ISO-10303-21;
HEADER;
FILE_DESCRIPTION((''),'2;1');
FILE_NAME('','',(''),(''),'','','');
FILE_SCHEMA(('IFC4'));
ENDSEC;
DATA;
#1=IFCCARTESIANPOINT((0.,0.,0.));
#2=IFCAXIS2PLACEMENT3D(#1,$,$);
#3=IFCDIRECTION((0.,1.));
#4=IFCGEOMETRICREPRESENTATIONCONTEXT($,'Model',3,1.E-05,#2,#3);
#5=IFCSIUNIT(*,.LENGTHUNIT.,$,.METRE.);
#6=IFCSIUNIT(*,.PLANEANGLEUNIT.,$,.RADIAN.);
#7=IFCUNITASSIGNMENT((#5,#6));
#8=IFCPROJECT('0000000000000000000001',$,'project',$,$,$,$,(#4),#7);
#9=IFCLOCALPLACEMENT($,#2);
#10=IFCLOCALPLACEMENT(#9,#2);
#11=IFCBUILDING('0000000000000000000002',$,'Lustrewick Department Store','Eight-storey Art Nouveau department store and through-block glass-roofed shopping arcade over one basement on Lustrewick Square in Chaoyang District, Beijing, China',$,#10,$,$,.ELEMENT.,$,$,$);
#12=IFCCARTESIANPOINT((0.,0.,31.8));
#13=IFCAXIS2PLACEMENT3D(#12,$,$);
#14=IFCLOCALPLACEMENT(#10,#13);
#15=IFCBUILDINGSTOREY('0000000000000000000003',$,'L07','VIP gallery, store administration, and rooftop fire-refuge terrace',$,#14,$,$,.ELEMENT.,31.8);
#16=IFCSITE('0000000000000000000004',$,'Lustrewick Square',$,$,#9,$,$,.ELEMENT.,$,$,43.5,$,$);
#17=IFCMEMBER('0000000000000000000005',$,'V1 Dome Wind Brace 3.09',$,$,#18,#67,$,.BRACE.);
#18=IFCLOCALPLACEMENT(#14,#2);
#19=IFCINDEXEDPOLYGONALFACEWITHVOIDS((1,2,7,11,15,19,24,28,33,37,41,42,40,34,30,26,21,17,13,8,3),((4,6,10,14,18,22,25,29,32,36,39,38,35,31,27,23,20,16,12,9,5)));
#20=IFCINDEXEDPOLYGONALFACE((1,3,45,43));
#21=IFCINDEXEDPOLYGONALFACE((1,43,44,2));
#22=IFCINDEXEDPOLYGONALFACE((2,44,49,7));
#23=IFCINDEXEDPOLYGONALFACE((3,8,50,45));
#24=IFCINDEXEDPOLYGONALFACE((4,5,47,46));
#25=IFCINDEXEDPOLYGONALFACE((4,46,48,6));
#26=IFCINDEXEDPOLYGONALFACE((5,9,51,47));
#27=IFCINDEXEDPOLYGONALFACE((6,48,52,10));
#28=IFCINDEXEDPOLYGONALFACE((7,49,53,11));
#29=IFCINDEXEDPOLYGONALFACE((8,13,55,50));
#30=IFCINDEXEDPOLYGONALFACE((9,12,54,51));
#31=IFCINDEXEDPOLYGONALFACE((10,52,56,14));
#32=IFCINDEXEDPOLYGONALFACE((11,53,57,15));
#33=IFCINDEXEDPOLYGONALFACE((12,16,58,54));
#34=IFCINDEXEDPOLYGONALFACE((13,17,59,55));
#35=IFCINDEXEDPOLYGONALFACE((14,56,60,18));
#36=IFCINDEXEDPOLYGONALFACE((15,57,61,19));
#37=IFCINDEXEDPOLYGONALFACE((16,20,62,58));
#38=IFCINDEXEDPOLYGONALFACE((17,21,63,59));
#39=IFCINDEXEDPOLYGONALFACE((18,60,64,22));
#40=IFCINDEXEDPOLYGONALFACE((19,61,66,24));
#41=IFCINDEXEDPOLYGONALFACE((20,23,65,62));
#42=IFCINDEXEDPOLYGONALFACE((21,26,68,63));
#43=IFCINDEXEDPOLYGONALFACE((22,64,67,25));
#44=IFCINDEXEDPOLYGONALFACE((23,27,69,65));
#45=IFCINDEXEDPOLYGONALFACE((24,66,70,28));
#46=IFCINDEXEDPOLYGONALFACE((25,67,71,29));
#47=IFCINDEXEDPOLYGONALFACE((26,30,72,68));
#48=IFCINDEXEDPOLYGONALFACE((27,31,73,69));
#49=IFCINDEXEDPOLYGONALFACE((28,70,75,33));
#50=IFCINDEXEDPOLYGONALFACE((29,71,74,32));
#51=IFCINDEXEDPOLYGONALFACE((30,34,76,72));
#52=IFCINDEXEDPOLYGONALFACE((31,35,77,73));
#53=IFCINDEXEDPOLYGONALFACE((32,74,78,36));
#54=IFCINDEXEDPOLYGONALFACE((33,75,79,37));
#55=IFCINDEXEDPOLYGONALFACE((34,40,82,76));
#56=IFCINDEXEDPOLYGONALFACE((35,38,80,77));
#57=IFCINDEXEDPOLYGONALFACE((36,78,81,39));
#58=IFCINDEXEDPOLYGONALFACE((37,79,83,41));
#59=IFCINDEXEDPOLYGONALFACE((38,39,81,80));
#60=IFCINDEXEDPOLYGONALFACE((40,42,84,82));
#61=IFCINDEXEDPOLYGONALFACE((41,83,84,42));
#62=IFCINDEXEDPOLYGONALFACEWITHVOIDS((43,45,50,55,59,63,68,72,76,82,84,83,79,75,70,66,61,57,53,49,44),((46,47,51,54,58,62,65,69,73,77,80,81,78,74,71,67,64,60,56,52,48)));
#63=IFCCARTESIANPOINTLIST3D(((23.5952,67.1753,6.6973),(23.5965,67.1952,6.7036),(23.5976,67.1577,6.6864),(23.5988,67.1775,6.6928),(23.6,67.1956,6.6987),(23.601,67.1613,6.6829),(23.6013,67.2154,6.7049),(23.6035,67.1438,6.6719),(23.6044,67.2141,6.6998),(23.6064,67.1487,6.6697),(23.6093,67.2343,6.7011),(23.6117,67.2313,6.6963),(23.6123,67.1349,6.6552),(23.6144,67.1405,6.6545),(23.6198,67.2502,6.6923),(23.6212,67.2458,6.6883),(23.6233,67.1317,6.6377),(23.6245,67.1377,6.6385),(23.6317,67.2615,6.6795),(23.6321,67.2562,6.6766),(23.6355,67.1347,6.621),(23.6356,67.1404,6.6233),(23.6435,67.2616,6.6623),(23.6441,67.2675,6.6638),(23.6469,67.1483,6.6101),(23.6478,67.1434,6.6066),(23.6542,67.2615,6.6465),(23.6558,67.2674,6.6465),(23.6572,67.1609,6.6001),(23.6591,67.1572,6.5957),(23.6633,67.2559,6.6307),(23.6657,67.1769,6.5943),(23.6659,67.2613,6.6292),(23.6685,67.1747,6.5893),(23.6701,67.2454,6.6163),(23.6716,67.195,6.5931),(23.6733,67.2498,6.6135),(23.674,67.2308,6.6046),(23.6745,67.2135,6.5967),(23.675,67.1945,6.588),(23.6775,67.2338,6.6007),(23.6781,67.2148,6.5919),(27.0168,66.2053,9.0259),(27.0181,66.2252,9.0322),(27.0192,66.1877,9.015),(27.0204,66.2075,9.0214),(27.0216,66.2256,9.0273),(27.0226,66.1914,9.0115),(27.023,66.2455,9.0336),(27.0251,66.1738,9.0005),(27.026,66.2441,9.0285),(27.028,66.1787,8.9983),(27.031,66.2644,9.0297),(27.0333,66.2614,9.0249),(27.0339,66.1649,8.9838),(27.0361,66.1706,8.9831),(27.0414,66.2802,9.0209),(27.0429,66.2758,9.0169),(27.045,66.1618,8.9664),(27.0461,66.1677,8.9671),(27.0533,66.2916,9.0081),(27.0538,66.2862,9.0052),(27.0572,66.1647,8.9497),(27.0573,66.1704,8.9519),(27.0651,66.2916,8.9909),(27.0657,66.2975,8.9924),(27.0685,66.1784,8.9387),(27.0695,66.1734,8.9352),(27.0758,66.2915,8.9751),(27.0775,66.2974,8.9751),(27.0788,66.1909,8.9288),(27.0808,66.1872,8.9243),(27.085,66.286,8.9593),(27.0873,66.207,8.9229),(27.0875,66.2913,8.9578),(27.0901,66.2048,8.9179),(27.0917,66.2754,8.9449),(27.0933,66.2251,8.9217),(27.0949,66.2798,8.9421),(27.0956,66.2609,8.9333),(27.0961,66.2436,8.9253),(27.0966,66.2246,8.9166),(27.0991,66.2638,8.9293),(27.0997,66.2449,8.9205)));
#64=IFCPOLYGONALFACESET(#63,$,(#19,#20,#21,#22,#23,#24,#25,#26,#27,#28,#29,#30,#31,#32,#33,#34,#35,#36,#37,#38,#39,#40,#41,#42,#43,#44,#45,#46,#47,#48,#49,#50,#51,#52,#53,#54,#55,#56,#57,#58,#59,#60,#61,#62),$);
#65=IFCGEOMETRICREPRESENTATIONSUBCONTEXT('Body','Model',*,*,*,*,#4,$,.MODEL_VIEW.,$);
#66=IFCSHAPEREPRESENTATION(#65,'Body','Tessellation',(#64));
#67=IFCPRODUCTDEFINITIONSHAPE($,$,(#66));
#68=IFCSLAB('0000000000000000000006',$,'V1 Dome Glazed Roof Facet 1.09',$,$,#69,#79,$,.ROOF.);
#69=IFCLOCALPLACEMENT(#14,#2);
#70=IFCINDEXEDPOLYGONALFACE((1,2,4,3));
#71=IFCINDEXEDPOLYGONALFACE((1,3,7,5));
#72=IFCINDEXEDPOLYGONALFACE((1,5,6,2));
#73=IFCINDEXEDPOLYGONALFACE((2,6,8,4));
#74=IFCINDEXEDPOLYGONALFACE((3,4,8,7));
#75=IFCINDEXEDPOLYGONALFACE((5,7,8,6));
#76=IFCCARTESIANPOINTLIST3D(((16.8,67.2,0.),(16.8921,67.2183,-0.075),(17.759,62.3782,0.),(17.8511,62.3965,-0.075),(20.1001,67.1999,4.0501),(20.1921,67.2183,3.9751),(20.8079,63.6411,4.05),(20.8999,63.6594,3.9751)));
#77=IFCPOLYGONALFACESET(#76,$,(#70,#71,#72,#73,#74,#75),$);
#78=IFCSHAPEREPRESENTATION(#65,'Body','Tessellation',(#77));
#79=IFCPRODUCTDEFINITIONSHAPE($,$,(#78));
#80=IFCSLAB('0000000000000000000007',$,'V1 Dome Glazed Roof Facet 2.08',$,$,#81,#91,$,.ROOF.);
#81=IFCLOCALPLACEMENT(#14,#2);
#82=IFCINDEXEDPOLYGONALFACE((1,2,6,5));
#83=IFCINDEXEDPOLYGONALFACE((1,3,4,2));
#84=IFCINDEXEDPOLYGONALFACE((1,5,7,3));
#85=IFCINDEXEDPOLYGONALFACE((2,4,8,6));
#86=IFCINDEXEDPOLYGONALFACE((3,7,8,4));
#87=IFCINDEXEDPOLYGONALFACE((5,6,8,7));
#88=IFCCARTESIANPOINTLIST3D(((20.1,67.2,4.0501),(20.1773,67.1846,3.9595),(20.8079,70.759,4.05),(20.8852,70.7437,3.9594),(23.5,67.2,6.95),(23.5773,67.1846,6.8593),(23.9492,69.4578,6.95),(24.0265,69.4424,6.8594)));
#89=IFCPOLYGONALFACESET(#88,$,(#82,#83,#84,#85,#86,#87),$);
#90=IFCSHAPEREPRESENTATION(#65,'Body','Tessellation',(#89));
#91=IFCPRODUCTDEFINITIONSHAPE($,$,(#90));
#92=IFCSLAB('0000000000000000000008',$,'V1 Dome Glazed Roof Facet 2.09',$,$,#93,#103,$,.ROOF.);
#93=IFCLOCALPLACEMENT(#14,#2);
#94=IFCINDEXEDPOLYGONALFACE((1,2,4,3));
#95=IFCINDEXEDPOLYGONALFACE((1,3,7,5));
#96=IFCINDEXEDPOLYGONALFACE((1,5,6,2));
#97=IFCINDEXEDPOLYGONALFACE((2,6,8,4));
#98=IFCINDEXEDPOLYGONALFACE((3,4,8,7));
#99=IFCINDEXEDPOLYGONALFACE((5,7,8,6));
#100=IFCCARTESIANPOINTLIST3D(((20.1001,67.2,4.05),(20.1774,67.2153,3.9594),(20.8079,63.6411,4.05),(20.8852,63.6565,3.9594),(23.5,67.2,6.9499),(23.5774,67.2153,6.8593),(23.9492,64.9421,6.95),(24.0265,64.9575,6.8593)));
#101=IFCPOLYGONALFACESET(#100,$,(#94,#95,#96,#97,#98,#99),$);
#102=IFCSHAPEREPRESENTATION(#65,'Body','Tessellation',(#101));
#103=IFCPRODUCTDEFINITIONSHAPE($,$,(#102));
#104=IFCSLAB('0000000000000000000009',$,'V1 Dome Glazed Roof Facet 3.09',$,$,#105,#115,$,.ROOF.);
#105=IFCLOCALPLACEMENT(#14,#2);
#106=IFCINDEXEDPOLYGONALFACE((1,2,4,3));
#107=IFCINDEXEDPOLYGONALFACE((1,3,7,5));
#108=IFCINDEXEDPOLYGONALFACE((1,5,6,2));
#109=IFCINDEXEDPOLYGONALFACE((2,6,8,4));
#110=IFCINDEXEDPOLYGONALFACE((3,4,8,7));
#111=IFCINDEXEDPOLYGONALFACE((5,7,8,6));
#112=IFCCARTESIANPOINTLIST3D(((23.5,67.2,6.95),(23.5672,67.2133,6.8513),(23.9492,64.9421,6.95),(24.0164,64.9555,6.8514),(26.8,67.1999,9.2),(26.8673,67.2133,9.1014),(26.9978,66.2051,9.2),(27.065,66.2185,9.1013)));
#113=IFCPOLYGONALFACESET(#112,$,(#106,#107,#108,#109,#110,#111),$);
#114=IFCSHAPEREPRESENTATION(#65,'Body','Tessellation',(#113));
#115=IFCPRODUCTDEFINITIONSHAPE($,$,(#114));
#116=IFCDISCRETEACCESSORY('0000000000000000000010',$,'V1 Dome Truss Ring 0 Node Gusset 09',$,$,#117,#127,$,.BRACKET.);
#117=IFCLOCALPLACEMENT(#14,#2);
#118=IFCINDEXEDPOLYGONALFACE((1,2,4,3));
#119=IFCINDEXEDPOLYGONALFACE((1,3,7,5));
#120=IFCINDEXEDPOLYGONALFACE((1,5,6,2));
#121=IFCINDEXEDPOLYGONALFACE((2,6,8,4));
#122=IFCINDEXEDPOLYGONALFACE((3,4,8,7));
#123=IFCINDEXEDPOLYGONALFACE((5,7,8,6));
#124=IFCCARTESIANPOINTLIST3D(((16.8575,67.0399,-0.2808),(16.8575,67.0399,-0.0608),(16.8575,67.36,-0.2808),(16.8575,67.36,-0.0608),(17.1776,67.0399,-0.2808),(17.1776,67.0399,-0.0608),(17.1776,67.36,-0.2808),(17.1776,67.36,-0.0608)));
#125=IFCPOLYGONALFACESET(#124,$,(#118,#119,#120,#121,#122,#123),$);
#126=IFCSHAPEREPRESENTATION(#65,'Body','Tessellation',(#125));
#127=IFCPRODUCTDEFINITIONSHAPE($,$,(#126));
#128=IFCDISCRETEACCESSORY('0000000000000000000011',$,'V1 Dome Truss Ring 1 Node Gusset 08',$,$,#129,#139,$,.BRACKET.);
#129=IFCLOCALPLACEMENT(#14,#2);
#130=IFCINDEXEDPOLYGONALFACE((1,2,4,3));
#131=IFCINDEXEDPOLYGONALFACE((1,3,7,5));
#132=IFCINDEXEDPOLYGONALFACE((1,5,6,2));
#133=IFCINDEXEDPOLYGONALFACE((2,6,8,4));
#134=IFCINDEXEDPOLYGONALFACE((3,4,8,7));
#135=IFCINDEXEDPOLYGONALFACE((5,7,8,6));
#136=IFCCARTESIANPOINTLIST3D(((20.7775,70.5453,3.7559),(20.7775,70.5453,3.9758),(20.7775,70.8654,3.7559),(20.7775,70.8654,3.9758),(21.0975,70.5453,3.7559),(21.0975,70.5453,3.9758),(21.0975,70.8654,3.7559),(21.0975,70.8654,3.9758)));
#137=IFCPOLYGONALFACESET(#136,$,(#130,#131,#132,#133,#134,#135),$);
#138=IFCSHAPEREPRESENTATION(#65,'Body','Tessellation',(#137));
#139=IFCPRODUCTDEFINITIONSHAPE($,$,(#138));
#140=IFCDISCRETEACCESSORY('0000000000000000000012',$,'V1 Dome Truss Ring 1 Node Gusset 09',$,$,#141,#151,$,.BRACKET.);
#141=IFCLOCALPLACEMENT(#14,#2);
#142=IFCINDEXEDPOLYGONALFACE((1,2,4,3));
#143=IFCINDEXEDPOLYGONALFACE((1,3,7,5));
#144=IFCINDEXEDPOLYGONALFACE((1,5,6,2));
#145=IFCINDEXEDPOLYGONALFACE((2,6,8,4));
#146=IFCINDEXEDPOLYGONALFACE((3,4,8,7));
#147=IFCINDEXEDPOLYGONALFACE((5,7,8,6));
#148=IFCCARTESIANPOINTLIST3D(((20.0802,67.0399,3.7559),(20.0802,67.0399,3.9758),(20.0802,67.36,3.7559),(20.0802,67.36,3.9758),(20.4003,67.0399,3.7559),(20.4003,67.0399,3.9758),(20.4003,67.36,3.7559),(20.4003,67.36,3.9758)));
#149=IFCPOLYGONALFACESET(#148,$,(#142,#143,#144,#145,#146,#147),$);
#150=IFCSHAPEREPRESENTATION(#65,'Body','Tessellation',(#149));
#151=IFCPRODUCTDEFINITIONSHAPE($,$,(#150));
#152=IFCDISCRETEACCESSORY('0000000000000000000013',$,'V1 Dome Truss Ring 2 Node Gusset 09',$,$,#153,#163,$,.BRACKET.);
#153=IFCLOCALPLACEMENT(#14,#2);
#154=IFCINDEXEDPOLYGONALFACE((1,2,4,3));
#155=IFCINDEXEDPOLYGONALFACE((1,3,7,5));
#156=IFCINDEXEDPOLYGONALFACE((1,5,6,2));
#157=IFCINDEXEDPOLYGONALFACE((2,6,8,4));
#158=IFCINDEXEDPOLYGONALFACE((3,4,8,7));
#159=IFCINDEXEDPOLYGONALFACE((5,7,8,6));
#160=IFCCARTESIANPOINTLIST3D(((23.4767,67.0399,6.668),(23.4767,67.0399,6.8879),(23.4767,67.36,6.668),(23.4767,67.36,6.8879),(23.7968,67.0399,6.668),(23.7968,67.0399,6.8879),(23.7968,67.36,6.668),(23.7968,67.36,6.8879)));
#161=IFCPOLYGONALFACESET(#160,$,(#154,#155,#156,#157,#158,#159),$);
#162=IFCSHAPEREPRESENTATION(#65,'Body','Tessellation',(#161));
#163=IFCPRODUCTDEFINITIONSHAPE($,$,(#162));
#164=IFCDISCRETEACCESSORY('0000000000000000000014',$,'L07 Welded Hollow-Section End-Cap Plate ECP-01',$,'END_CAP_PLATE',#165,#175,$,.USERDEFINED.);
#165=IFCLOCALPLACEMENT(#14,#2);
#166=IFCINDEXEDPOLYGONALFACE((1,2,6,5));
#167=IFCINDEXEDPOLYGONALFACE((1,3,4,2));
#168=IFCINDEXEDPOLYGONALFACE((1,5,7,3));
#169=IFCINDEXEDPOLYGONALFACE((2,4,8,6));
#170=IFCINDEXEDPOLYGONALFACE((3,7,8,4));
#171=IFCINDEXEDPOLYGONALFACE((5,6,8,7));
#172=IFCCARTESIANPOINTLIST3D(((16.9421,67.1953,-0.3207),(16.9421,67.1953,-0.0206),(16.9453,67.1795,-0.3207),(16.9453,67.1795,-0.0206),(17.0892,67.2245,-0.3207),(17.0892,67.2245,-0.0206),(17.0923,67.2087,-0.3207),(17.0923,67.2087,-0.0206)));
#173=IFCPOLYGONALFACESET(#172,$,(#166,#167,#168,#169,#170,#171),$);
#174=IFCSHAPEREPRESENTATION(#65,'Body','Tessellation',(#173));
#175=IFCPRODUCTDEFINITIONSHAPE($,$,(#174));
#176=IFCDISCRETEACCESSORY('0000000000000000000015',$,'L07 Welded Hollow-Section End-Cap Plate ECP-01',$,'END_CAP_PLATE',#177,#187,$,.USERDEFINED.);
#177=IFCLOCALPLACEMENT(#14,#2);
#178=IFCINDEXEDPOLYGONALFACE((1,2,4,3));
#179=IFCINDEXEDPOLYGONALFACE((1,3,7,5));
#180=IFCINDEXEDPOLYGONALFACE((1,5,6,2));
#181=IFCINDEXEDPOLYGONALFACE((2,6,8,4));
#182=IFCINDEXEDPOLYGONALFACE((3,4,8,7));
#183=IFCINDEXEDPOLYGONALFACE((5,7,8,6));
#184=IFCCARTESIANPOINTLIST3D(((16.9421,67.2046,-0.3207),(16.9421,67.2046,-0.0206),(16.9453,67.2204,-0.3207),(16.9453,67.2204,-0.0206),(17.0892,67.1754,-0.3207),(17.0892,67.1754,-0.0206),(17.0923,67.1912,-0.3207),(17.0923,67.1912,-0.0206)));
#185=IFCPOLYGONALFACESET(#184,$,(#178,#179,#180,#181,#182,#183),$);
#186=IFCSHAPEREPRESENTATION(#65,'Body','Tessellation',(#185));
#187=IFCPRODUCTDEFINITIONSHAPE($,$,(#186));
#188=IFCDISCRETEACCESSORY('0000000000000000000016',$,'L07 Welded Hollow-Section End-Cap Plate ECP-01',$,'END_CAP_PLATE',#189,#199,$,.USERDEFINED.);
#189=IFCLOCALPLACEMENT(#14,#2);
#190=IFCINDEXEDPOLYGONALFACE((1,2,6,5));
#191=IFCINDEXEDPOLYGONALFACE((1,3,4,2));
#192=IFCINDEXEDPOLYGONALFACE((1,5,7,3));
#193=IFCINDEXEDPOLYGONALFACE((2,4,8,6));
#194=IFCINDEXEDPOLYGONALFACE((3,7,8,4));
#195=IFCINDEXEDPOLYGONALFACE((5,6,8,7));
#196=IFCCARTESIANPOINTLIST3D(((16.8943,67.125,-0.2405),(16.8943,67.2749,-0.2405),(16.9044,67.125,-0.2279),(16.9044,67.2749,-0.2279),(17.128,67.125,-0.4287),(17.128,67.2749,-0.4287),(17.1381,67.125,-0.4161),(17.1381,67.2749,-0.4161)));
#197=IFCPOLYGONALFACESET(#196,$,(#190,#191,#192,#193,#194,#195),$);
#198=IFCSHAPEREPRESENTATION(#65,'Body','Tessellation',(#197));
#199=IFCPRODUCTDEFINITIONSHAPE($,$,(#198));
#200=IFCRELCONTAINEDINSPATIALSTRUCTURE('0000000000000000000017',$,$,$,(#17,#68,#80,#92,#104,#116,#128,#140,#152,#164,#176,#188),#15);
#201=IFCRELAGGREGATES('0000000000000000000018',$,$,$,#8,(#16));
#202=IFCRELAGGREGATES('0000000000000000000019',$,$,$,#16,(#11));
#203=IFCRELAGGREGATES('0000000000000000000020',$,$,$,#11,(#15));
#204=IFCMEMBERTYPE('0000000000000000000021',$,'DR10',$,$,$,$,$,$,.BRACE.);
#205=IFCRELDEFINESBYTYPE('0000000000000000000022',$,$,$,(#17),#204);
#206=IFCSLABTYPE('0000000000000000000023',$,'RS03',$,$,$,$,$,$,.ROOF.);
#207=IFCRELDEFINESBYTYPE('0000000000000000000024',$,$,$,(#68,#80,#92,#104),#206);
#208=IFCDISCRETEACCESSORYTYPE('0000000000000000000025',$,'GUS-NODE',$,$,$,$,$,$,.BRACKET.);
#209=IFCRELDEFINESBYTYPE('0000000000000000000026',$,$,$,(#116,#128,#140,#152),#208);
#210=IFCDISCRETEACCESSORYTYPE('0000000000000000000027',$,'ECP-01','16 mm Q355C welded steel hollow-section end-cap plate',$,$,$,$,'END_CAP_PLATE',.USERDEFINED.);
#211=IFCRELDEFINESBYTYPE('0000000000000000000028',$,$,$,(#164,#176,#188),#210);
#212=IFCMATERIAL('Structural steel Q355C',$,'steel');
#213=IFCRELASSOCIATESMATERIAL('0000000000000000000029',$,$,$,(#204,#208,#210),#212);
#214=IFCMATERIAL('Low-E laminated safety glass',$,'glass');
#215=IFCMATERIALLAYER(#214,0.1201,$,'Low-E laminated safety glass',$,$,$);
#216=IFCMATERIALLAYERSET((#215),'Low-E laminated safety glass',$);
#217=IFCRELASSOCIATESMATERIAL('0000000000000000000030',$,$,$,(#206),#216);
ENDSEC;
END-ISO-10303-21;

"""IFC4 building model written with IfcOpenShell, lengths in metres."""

from ifc_helpers import new_model, si_unit, direction, frame, origin, origin_2d, place, context, subcontext, project, spatial, polyline, rectangle, hollow_circle, outline, extrude, material, layer, layer_set, material_profile, profile_set, type_object, element, save


model = new_model("IFC4")

# Units and contexts
model_context = context("Model", 3, precision=1e-05, world=origin(), true_north=direction((0.0, 1.0)))
body_context = subcontext(model_context, "Body", "Model", "MODEL_VIEW")
ifc_project = project(units=[si_unit("LENGTHUNIT", "METRE"), si_unit("PLANEANGLEUNIT", "RADIAN")], contexts=[model_context])

# Site, building, storey
site_placement = place(None, origin())
site = spatial("IfcSite", under=ifc_project, at=site_placement, Name="Lustrewick Square", CompositionType="ELEMENT", RefElevation=43.5)
building_placement = place(site_placement, origin())
building = spatial("IfcBuilding", under=site, at=building_placement, Name="Lustrewick Department Store", Description="Eight-storey Art Nouveau department store and through-block glass-roofed shopping arcade over one basement on Lustrewick Square in Chaoyang District, Beijing, China", CompositionType="ELEMENT")
storey_placement = place(building_placement, frame((0.0, 0.0, 31.8)))
storey = spatial("IfcBuildingStorey", under=building, at=storey_placement, Name="L07", Description="VIP gallery, store administration, and rooftop fire-refuge terrace", CompositionType="ELEMENT", Elevation=31.8)

# Member
ifc_material_1 = material(Name="Structural steel Q355C", Category="steel")
ifc_material_profile_1 = material_profile(ifc_material_1, hollow_circle(Radius=0.0701, WallThickness=0.0061, at=origin_2d()), Name="CHS 140x6")
ifc_profile_set_1 = profile_set([ifc_material_profile_1], Name="Structural steel Q355C")
member_type_1 = type_object("IfcMemberType", Name="DR10", PredefinedType="BRACE", material=ifc_profile_set_1)
member_1_placement = place(storey_placement, frame((23.6367, 67.2, 6.6465), z_axis=(0.804904, -0.228176, 0.547783), x_axis=(0.272735, 0.962089, 0.0)))
element("IfcMember", 1, at=member_1_placement, inside=storey, type_object=member_type_1, Name="V1 Dome Wind Brace 3.09", PredefinedType="BRACE", context=body_context, shape_type="SweptSolid", body=[
    extrude(hollow_circle(Radius=0.0701, WallThickness=0.0061, at=origin_2d()), origin(), (0.0, 0.0, 1.0), 4.251),
])

# Slabs
ifc_material_2 = material(Name="Low-E laminated safety glass", Category="glass")
ifc_layer = layer(ifc_material_2, 0.1201, Name="Low-E laminated safety glass")
ifc_layer_set = layer_set([ifc_layer], Name="Low-E laminated safety glass")
slab_type = type_object("IfcSlabType", Name="RS03", PredefinedType="ROOF", material=ifc_layer_set)
slab_1_placement = place(storey_placement, frame((16.8, 67.2, 0.0), z_axis=(-0.766183, -0.15238, 0.624295), x_axis=(0.195063, -0.980791, 0.000002)))
element("IfcSlab", 2, at=slab_1_placement, inside=storey, type_object=slab_type, Name="V1 Dome Glazed Roof Facet 1.09", PredefinedType="ROOF", context=body_context, shape_type="SweptSolid", body=[
    extrude(outline(polyline([(0.0, 0.0), (4.9162, 0.0), (4.2723, 5.1845), (0.6437, 5.1845), (0.0, 0.0)])), origin(), (0.0, 0.0, -1.0), 0.1201),
])
slab_2_placement = place(storey_placement, frame((20.8079, 70.759, 4.05), z_axis=(-0.643591, 0.12801, 0.754589), x_axis=(-0.195058, -0.980792, 0.000019)))
element("IfcSlab", 3, at=slab_2_placement, inside=storey, type_object=slab_type, Name="V1 Dome Glazed Roof Facet 2.08", PredefinedType="ROOF", context=body_context, shape_type="SweptSolid", body=[
    extrude(outline(polyline([(0.0, 0.0), (3.6288, 0.0), (2.9656, 4.4192), (0.6636, 4.4193), (0.0, 0.0)])), origin(), (0.0, 0.0, -1.0), 0.1201),
])
slab_3_placement = place(storey_placement, frame((20.1001, 67.2, 4.05), z_axis=(-0.643592, -0.128016, 0.754587), x_axis=(0.195069, -0.98079, -0.000016)))
element("IfcSlab", 4, at=slab_3_placement, inside=storey, type_object=slab_type, Name="V1 Dome Glazed Roof Facet 2.09", PredefinedType="ROOF", context=body_context, shape_type="SweptSolid", body=[
    extrude(outline(polyline([(0.0, 0.0), (3.6285, 0.0), (2.9652, 4.4193), (0.6632, 4.4192), (0.0, 0.0)])), origin(), (0.0, 0.0, -1.0), 0.1201),
])
slab_4_placement = place(storey_placement, frame((23.5, 67.2, 6.95), z_axis=(-0.559843, -0.111355, 0.821082), x_axis=(0.195119, -0.98078, 0.000026)))
element("IfcSlab", 5, at=slab_4_placement, inside=storey, type_object=slab_type, Name="V1 Dome Glazed Roof Facet 3.09", PredefinedType="ROOF", context=body_context, shape_type="SweptSolid", body=[
    extrude(outline(polyline([(0.0, 0.0), (2.3021, 0.0), (1.6583, 3.9417), (0.644, 3.9418), (0.0, 0.0)])), origin(), (0.0, 0.0, -1.0), 0.1201),
])

# Discrete accessories
discrete_accessory_type_1 = type_object("IfcDiscreteAccessoryType", Name="GUS-NODE", PredefinedType="BRACKET", material=ifc_material_1)
for number, where, z_axis, x_axis, name in (
    (6, (17.0176, 67.2, -0.2808), (0.0, 0.0, 1.0), (1.0, 0.0, 0.0), "V1 Dome Truss Ring 0 Node Gusset 09"),
    (7, (20.9375, 70.7053, 3.7559), (0.0, 0.0, 1.0), (1.0, 0.0, 0.0), "V1 Dome Truss Ring 1 Node Gusset 08"),
    (8, (20.2402, 67.2, 3.7559), (0.0, 0.0, 1.0), (1.0, 0.0, 0.0), "V1 Dome Truss Ring 1 Node Gusset 09"),
    (9, (23.6367, 67.2, 6.668), (0.0, 0.0, 1.0), (1.0, 0.0, 0.0), "V1 Dome Truss Ring 2 Node Gusset 09"),
):
    element("IfcDiscreteAccessory", number, at=place(storey_placement, frame(where, z_axis=z_axis, x_axis=x_axis)), inside=storey, type_object=discrete_accessory_type_1, Name=name, PredefinedType="BRACKET", context=body_context, shape_type="SweptSolid", body=[
        extrude(rectangle(XDim=0.3201, YDim=0.3201, at=origin_2d()), origin(), (0.0, 0.0, 1.0), 0.22),
    ])
discrete_accessory_type_2 = type_object("IfcDiscreteAccessoryType", Name="ECP-01", Description="16 mm Q355C welded steel hollow-section end-cap plate", ElementType="END_CAP_PLATE", PredefinedType="USERDEFINED", material=ifc_material_1)
for number, where, z_axis, x_axis, name in (
    (10, (17.0188, 67.1941, -0.1707), (-0.195105, 0.980782, 0.0), (0.980782, 0.195105, 0.0), "L07 Welded Hollow-Section End-Cap Plate ECP-01"),
    (11, (17.0188, 67.2058, -0.1707), (-0.195096, -0.980784, 0.0), (0.980784, -0.195096, 0.0), "L07 Welded Hollow-Section End-Cap Plate ECP-01"),
    (12, (17.0212, 67.2, -0.322), (-0.627125, 0.0, -0.778918), (0.0, 1.0, 0.0), "L07 Welded Hollow-Section End-Cap Plate ECP-01"),
):
    element("IfcDiscreteAccessory", number, at=place(storey_placement, frame(where, z_axis=z_axis, x_axis=x_axis)), inside=storey, type_object=discrete_accessory_type_2, Name=name, ObjectType="END_CAP_PLATE", PredefinedType="USERDEFINED", context=body_context, shape_type="SweptSolid", body=[
        extrude(rectangle(XDim=0.1499, YDim=0.3, at=origin_2d()), origin(), (0.0, 0.0, 1.0), 0.0161),
    ])

save(model, "model.ifc")
